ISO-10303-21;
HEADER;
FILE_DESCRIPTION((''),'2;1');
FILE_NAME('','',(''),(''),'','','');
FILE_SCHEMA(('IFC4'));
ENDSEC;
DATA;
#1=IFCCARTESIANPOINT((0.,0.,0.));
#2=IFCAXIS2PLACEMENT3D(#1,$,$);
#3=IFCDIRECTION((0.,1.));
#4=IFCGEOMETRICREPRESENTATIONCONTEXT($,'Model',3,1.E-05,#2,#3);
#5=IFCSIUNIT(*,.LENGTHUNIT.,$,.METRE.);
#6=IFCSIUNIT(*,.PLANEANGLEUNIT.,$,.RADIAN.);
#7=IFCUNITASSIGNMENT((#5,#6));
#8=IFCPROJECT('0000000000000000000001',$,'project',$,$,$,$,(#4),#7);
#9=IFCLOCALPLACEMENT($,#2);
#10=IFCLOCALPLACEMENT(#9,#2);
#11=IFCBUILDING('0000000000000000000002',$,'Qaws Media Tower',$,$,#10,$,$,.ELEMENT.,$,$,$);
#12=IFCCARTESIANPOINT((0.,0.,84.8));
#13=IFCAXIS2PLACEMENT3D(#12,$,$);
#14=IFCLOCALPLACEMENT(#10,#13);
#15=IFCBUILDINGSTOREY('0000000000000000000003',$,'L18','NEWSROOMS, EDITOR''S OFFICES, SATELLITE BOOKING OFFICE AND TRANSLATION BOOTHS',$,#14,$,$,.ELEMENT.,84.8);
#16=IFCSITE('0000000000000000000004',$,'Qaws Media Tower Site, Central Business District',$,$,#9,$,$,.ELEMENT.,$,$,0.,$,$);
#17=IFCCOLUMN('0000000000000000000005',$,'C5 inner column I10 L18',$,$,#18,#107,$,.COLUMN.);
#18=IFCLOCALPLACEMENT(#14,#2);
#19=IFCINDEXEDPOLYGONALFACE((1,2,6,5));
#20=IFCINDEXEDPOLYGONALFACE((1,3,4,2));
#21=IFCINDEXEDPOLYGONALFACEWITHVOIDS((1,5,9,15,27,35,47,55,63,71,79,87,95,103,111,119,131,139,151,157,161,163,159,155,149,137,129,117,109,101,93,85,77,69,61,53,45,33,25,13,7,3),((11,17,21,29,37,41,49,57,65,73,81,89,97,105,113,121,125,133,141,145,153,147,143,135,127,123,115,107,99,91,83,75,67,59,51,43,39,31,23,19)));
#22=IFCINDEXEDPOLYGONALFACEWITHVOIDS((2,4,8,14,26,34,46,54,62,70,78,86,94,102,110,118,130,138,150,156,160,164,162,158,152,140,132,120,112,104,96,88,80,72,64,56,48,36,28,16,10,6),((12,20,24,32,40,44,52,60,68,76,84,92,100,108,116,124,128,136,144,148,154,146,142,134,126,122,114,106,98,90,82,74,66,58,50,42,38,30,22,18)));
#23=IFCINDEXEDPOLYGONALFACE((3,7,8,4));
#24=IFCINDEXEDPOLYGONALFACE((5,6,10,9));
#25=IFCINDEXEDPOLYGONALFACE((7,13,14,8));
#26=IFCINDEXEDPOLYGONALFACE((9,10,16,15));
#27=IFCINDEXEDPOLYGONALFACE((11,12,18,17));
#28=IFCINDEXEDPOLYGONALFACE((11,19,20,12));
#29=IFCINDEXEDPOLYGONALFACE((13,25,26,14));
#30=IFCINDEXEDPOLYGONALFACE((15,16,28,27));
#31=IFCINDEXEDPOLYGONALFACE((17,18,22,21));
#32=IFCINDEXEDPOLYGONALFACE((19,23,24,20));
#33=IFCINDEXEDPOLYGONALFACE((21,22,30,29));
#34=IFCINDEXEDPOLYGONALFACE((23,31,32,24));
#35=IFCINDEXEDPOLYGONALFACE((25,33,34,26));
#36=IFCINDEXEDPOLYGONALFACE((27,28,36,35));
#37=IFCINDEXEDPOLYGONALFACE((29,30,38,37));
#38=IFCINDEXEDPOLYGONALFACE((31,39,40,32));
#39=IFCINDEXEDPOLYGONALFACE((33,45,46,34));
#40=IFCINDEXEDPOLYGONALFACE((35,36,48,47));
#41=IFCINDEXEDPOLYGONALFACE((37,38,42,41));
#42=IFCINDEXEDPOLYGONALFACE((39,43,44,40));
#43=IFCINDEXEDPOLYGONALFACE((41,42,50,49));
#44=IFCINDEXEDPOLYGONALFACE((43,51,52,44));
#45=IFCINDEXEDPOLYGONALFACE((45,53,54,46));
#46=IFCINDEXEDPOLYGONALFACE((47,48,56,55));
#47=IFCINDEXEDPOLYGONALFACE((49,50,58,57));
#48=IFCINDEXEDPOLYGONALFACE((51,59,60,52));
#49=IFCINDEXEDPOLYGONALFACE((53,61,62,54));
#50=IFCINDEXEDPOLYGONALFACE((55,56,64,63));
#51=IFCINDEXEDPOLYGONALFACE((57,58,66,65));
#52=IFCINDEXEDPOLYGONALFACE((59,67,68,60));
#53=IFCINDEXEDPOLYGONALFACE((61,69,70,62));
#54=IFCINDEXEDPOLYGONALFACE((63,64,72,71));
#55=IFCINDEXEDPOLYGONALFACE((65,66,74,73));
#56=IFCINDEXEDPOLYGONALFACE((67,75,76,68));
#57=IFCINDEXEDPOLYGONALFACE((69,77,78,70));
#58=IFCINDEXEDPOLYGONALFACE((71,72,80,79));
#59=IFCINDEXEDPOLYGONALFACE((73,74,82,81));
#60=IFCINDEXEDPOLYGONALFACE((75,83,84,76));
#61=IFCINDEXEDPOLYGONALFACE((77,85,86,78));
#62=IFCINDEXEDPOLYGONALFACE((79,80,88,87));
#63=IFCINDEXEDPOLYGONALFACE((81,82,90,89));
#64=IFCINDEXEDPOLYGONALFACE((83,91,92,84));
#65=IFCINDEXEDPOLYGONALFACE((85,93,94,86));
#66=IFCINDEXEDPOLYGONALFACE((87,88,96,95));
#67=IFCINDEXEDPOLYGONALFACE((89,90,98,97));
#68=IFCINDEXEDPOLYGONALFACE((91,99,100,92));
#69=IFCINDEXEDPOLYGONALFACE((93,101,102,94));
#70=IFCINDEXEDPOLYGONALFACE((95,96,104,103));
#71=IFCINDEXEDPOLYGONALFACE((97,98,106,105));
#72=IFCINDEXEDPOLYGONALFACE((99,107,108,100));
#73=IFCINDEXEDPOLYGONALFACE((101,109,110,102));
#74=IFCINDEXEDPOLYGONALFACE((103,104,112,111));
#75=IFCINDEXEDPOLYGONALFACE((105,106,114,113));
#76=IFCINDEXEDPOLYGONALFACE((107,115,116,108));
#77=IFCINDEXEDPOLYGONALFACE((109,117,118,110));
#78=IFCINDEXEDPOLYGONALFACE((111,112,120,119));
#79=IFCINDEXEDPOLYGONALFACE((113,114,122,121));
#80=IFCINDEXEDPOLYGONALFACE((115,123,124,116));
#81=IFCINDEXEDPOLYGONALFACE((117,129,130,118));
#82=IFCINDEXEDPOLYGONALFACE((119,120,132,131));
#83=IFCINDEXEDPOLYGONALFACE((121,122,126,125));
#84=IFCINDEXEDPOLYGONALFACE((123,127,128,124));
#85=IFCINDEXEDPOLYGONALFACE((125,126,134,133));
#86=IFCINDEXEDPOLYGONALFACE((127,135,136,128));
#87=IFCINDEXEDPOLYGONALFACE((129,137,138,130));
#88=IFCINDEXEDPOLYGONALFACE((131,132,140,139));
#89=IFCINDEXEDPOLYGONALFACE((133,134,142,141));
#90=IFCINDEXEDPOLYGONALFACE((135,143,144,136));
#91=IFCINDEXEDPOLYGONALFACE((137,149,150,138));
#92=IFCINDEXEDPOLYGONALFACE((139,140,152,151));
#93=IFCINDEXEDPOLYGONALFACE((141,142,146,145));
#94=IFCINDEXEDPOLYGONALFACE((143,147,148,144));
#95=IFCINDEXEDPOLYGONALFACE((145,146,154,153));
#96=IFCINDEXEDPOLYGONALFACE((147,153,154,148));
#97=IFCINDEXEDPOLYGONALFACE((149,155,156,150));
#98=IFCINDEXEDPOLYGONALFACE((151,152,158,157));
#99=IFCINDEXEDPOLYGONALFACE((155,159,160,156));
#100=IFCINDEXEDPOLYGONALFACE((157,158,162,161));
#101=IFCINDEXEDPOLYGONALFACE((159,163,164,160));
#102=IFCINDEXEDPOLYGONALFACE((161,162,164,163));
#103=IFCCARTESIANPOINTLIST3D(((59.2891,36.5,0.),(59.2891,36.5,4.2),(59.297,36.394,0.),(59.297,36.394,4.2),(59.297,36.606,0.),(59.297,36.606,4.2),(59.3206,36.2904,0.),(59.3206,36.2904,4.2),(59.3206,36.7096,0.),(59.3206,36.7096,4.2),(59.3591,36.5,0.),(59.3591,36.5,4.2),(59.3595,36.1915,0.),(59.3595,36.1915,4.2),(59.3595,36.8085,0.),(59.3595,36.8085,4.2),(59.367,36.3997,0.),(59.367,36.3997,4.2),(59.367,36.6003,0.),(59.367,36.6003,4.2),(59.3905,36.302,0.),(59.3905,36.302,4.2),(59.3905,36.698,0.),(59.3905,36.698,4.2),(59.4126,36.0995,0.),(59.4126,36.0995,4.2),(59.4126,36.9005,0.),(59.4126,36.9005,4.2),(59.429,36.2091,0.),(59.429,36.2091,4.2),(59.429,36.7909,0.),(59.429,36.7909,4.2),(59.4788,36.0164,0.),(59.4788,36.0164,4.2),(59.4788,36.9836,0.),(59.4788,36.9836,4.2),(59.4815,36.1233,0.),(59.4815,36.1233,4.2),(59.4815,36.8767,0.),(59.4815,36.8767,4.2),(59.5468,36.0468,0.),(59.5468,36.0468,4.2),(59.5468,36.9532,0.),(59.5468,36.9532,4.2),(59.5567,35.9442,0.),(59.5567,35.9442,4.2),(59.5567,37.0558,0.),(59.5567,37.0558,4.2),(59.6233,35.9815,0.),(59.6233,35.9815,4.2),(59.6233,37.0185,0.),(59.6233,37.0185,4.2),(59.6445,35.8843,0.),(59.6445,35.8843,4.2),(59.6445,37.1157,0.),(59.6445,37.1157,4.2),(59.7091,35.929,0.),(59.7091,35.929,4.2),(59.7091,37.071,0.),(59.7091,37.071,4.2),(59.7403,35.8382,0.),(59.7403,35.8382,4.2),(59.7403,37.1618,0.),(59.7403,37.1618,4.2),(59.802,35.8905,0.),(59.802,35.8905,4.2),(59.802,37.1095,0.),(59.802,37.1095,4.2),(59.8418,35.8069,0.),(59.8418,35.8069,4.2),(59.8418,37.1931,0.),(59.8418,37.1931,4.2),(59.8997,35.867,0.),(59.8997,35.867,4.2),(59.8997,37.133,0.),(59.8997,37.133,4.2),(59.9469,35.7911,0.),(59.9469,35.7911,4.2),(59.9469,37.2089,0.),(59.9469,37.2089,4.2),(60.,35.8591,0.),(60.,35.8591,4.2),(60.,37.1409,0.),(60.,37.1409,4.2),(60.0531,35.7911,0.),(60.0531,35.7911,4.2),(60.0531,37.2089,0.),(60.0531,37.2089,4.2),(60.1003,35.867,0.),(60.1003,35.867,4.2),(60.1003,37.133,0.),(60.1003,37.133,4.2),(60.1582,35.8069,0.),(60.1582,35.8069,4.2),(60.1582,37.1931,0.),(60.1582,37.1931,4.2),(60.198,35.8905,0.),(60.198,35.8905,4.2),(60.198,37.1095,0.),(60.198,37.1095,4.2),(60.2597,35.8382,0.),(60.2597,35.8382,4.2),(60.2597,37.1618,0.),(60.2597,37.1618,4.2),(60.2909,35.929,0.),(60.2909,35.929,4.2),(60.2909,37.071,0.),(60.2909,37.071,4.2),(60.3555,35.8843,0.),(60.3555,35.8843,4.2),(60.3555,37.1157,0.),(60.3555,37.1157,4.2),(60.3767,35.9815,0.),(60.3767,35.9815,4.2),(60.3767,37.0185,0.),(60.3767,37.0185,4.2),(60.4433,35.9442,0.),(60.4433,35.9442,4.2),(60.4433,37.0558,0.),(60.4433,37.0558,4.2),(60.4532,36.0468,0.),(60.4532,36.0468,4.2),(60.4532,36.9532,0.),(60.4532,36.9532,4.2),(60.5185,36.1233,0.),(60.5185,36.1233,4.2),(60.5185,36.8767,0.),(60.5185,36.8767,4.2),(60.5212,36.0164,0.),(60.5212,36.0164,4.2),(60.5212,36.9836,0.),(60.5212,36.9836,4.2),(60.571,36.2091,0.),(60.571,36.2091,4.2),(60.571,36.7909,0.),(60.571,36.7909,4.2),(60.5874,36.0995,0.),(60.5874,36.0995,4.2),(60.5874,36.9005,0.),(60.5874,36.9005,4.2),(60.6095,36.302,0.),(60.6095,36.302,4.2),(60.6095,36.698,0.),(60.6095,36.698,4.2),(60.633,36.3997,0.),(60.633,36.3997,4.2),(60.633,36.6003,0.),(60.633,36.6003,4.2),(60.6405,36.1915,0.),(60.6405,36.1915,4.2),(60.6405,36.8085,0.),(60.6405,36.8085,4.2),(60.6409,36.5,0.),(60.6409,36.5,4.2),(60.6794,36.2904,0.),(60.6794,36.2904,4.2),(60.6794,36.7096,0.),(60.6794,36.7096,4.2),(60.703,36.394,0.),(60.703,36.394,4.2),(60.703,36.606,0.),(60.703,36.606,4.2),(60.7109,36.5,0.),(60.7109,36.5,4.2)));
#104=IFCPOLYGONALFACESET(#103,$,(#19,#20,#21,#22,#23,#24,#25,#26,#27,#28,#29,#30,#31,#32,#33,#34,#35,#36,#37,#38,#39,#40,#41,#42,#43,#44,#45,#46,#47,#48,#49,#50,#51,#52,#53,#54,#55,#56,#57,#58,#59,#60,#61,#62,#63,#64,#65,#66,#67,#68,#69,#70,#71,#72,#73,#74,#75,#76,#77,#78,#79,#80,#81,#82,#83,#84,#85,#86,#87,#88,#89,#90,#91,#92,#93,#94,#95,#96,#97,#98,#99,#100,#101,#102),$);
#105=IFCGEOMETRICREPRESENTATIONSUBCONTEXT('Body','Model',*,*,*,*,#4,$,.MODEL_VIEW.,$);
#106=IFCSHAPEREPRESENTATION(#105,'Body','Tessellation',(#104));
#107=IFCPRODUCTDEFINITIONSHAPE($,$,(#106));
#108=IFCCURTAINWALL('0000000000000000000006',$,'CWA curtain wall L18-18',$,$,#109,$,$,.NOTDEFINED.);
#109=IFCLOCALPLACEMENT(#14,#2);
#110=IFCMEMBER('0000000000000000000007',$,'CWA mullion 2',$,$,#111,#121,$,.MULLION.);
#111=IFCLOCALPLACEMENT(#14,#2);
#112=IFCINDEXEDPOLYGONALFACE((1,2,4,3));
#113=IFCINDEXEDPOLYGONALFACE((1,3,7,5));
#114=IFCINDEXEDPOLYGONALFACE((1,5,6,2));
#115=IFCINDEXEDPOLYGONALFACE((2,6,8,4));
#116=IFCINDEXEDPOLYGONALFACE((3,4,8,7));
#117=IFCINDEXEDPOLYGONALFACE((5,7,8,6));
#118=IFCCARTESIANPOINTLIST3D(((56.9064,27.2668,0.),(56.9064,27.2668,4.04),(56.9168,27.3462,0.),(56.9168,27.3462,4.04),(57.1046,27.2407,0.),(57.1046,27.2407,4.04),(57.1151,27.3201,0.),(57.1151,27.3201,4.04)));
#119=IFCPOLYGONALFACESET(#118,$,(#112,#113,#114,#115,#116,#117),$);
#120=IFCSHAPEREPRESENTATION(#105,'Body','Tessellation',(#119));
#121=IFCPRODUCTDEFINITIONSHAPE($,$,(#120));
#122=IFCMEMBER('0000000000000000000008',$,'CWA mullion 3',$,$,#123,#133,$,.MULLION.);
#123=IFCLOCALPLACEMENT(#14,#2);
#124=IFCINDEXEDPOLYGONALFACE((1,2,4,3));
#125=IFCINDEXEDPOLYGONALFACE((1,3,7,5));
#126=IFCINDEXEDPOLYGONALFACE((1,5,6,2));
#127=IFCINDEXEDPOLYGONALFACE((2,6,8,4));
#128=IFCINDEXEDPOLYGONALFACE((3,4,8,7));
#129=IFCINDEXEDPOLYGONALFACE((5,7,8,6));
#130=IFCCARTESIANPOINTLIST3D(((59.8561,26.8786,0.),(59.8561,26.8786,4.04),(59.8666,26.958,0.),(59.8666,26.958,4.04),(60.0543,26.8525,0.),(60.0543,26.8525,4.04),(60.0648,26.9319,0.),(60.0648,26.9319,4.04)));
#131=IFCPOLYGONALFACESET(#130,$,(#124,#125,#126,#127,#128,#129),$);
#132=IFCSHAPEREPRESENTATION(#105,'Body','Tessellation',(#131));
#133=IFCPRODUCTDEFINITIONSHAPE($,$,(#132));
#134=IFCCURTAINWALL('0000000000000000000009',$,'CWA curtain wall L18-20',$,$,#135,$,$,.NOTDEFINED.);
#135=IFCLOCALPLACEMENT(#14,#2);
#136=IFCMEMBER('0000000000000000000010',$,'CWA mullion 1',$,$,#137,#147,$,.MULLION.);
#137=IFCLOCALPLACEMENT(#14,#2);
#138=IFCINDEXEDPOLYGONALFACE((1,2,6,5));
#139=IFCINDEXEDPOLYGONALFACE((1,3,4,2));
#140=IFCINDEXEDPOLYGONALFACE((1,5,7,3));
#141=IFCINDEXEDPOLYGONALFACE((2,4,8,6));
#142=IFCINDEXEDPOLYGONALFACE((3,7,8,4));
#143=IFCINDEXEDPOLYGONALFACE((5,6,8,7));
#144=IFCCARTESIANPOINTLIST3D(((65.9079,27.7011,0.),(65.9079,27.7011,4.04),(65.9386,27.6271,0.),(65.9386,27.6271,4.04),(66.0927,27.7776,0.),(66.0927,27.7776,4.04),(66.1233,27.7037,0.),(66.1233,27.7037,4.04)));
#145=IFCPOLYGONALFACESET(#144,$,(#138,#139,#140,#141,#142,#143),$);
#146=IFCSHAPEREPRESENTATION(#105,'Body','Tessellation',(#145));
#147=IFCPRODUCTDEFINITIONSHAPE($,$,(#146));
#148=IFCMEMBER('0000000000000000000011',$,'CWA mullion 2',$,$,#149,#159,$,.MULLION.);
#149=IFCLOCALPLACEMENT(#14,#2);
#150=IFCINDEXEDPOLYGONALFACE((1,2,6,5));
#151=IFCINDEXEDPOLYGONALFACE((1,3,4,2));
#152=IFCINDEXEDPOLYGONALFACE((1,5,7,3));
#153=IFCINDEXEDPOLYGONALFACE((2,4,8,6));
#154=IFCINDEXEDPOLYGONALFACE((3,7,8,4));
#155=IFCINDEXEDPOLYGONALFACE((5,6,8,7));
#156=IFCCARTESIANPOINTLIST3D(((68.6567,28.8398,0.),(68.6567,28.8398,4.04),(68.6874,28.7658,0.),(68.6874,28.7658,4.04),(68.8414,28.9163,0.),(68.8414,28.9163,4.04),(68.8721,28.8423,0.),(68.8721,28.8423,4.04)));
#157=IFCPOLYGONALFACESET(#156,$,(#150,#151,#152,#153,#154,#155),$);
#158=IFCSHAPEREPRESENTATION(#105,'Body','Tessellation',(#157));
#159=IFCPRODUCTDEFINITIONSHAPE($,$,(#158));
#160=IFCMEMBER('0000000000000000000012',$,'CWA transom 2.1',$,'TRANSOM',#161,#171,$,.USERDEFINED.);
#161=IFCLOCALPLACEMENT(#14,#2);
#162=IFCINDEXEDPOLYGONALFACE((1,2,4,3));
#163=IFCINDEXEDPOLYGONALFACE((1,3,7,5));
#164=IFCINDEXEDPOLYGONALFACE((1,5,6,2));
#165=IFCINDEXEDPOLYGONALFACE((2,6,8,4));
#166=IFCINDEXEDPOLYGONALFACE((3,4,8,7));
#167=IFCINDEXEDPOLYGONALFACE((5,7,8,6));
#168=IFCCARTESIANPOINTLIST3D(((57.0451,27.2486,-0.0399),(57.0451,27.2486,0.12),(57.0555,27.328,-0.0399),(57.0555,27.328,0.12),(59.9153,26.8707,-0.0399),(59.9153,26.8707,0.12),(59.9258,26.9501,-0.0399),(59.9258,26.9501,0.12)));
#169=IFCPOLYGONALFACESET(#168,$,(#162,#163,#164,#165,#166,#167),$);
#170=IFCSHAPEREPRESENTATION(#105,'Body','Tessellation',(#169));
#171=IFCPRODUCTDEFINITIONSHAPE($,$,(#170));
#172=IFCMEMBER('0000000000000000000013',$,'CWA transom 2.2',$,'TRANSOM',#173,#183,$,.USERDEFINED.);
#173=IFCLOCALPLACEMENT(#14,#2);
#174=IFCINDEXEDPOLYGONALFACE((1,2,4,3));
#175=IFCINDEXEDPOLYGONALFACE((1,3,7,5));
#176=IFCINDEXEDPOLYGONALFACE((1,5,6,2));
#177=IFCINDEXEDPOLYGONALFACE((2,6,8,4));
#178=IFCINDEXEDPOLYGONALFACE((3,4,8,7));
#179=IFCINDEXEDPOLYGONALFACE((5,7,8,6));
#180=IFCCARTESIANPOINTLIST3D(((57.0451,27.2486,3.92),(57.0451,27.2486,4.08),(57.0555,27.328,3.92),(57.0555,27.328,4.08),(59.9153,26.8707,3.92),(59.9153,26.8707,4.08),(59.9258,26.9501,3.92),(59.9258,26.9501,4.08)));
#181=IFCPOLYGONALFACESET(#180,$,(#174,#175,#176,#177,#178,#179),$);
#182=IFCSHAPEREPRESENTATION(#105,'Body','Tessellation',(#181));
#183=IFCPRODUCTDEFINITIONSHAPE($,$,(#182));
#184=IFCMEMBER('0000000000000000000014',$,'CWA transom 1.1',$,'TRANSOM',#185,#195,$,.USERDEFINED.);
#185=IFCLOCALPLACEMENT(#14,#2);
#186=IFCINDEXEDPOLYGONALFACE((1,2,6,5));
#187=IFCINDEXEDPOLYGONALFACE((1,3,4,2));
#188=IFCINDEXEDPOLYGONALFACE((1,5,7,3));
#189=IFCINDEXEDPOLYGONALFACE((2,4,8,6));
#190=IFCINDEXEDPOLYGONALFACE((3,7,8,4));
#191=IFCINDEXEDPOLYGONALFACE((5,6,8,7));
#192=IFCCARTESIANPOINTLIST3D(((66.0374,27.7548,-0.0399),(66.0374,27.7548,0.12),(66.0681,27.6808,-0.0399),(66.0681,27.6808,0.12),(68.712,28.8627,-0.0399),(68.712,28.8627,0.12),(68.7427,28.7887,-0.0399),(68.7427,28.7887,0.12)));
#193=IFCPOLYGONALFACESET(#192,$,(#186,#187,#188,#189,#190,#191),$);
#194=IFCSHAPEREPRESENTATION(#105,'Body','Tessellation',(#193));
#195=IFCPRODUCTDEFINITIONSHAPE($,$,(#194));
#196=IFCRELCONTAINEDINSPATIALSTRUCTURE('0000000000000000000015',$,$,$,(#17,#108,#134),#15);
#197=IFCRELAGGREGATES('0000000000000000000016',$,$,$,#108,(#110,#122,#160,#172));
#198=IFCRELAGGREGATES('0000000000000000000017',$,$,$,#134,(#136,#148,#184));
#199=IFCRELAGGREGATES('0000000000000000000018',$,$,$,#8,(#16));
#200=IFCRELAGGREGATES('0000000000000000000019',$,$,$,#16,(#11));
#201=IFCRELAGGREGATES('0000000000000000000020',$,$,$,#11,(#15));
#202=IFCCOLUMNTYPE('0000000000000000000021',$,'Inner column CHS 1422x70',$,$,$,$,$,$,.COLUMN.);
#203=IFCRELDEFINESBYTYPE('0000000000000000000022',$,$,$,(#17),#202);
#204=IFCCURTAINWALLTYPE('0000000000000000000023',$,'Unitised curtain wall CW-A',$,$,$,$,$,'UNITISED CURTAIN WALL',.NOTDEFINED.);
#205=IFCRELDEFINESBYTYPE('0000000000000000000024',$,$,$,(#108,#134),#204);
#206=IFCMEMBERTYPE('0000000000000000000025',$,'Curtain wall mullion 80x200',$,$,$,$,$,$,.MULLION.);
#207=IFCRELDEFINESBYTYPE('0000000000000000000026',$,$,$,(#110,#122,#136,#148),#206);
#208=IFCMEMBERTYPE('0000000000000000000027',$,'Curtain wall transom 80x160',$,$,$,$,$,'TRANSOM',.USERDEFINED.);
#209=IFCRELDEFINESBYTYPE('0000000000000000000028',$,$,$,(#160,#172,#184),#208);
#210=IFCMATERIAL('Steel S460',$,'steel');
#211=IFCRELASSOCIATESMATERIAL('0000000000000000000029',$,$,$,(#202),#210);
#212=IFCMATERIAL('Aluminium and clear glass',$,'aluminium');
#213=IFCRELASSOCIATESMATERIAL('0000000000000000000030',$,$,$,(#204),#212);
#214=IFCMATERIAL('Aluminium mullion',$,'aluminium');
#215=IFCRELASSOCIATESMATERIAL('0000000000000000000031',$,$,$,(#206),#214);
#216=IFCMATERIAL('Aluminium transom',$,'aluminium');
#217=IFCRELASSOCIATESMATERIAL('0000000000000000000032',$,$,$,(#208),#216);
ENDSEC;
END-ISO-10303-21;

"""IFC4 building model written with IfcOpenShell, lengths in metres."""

from ifc_helpers import new_model, si_unit, direction, frame, origin, origin_2d, place, context, subcontext, project, spatial, rectangle, hollow_circle, extrude, material, material_profile, profile_set, type_object, element, aggregate, save


model = new_model("IFC4")

# Units and contexts
model_context = context("Model", 3, precision=1e-05, world=origin(), true_north=direction((0.0, 1.0)))
body_context = subcontext(model_context, "Body", "Model", "MODEL_VIEW")
ifc_project = project(units=[si_unit("LENGTHUNIT", "METRE"), si_unit("PLANEANGLEUNIT", "RADIAN")], contexts=[model_context])

# Site, building, storey
site_placement = place(None, origin())
site = spatial("IfcSite", under=ifc_project, at=site_placement, Name="Qaws Media Tower Site, Central Business District", CompositionType="ELEMENT", RefElevation=0.0)
building_placement = place(site_placement, origin())
building = spatial("IfcBuilding", under=site, at=building_placement, Name="Qaws Media Tower", CompositionType="ELEMENT")
storey_placement = place(building_placement, frame((0.0, 0.0, 84.8)))
storey = spatial("IfcBuildingStorey", under=building, at=storey_placement, Name="L18", Description="NEWSROOMS, EDITOR'S OFFICES, SATELLITE BOOKING OFFICE AND TRANSLATION BOOTHS", CompositionType="ELEMENT", Elevation=84.8)

# Column
ifc_material_1 = material(Name="Steel S460", Category="steel")
ifc_material_profile_1 = material_profile(ifc_material_1, hollow_circle(Radius=0.7109, WallThickness=0.0701, at=origin_2d()), Name="CHS 1422x70")
ifc_profile_set_1 = profile_set([ifc_material_profile_1], Name="Steel S460")
column_type = type_object("IfcColumnType", Name="Inner column CHS 1422x70", PredefinedType="COLUMN", material=ifc_profile_set_1)
column_placement = place(storey_placement, frame((60.0, 36.5, 0.0), z_axis=(0.0, 0.0, 1.0), x_axis=(1.0, 0.0, 0.0)))
element("IfcColumn", 1, at=column_placement, inside=storey, type_object=column_type, Name="C5 inner column I10 L18", PredefinedType="COLUMN", context=body_context, shape_type="SweptSolid", body=[
    extrude(hollow_circle(Radius=0.7109, WallThickness=0.0701, at=origin_2d()), origin(), (0.0, 0.0, 1.0), 4.2),
])

# Curtain walls, members
ifc_material_2 = material(Name="Aluminium and clear glass", Category="aluminium")
curtain_wall_type = type_object("IfcCurtainWallType", Name="Unitised curtain wall CW-A", ElementType="UNITISED CURTAIN WALL", PredefinedType="NOTDEFINED", material=ifc_material_2)
curtain_wall_1_placement = place(storey_placement, origin())
curtain_wall_1 = element("IfcCurtainWall", 2, at=curtain_wall_1_placement, inside=storey, type_object=curtain_wall_type, Name="CWA curtain wall L18-18", PredefinedType="NOTDEFINED")
ifc_material_3 = material(Name="Aluminium mullion", Category="aluminium")
ifc_material_profile_2 = material_profile(ifc_material_3, rectangle(XDim=0.0801, YDim=0.2, at=origin_2d()), Name="80x200")
ifc_profile_set_2 = profile_set([ifc_material_profile_2], Name="Aluminium mullion")
member_type_1 = type_object("IfcMemberType", Name="Curtain wall mullion 80x200", PredefinedType="MULLION", material=ifc_profile_set_2)
member_1_placement = place(storey_placement, frame((57.0107, 27.2935, 0.0), z_axis=(0.0, 0.0, 1.0), x_axis=(0.130526, 0.991445, 0.0)))
member_1 = element("IfcMember", 3, at=member_1_placement, type_object=member_type_1, Name="CWA mullion 2", PredefinedType="MULLION", context=body_context, shape_type="SweptSolid", body=[
    extrude(rectangle(XDim=0.0801, YDim=0.2, at=origin_2d()), origin(), (0.0, 0.0, 1.0), 4.04),
])
member_2_placement = place(storey_placement, frame((59.9604, 26.9053, 0.0), z_axis=(0.0, 0.0, 1.0), x_axis=(0.130526, 0.991445, 0.0)))
member_2 = element("IfcMember", 4, at=member_2_placement, type_object=member_type_1, Name="CWA mullion 3", PredefinedType="MULLION", context=body_context, shape_type="SweptSolid", body=[
    extrude(rectangle(XDim=0.0801, YDim=0.2, at=origin_2d()), origin(), (0.0, 0.0, 1.0), 4.04),
])
curtain_wall_2_placement = place(storey_placement, origin())
curtain_wall_2 = element("IfcCurtainWall", 5, at=curtain_wall_2_placement, inside=storey, type_object=curtain_wall_type, Name="CWA curtain wall L18-20", PredefinedType="NOTDEFINED")
member_3_placement = place(storey_placement, frame((66.0156, 27.7024, 0.0), z_axis=(0.0, 0.0, 1.0), x_axis=(-0.382683, 0.92388, 0.0)))
member_3 = element("IfcMember", 6, at=member_3_placement, type_object=member_type_1, Name="CWA mullion 1", PredefinedType="MULLION", context=body_context, shape_type="SweptSolid", body=[
    extrude(rectangle(XDim=0.0801, YDim=0.2, at=origin_2d()), origin(), (0.0, 0.0, 1.0), 4.04),
])
member_4_placement = place(storey_placement, frame((68.7644, 28.8411, 0.0), z_axis=(0.0, 0.0, 1.0), x_axis=(-0.382683, 0.92388, 0.0)))
member_4 = element("IfcMember", 7, at=member_4_placement, type_object=member_type_1, Name="CWA mullion 2", PredefinedType="MULLION", context=body_context, shape_type="SweptSolid", body=[
    extrude(rectangle(XDim=0.0801, YDim=0.2, at=origin_2d()), origin(), (0.0, 0.0, 1.0), 4.04),
])

# Members
ifc_material_4 = material(Name="Aluminium transom", Category="aluminium")
ifc_material_profile_3 = material_profile(ifc_material_4, rectangle(XDim=0.0801, YDim=0.1599, at=origin_2d()), Name="80x160")
ifc_profile_set_3 = profile_set([ifc_material_profile_3], Name="Aluminium transom")
member_type_2 = type_object("IfcMemberType", Name="Curtain wall transom 80x160", ElementType="TRANSOM", PredefinedType="USERDEFINED", material=ifc_profile_set_3)
member_5_placement = place(storey_placement, frame((57.0503, 27.2883, 0.04), z_axis=(0.991443, -0.13054, 0.0), x_axis=(0.13054, 0.991443, 0.0)))
member_5 = element("IfcMember", 8, at=member_5_placement, type_object=member_type_2, Name="CWA transom 2.1", ObjectType="TRANSOM", PredefinedType="USERDEFINED", context=body_context, shape_type="SweptSolid", body=[
    extrude(rectangle(XDim=0.0801, YDim=0.1599, at=origin_2d()), origin(), (0.0, 0.0, 1.0), 2.895),
])
member_6_placement = place(storey_placement, frame((57.0503, 27.2883, 4.0), z_axis=(0.991443, -0.13054, 0.0), x_axis=(0.13054, 0.991443, 0.0)))
member_6 = element("IfcMember", 9, at=member_6_placement, type_object=member_type_2, Name="CWA transom 2.2", ObjectType="TRANSOM", PredefinedType="USERDEFINED", context=body_context, shape_type="SweptSolid", body=[
    extrude(rectangle(XDim=0.0801, YDim=0.1599, at=origin_2d()), origin(), (0.0, 0.0, 1.0), 2.895),
])
member_7_placement = place(storey_placement, frame((66.0527, 27.7178, 0.04), z_axis=(0.923871, 0.382704, 0.0), x_axis=(-0.382704, 0.923871, 0.0)))
member_7 = element("IfcMember", 10, at=member_7_placement, type_object=member_type_2, Name="CWA transom 1.1", ObjectType="TRANSOM", PredefinedType="USERDEFINED", context=body_context, shape_type="SweptSolid", body=[
    extrude(rectangle(XDim=0.0801, YDim=0.1599, at=origin_2d()), origin(), (0.0, 0.0, 1.0), 2.895),
])

aggregate(curtain_wall_1, [member_1, member_2, member_5, member_6])
aggregate(curtain_wall_2, [member_3, member_4, member_7])

save(model, "model.ifc")
